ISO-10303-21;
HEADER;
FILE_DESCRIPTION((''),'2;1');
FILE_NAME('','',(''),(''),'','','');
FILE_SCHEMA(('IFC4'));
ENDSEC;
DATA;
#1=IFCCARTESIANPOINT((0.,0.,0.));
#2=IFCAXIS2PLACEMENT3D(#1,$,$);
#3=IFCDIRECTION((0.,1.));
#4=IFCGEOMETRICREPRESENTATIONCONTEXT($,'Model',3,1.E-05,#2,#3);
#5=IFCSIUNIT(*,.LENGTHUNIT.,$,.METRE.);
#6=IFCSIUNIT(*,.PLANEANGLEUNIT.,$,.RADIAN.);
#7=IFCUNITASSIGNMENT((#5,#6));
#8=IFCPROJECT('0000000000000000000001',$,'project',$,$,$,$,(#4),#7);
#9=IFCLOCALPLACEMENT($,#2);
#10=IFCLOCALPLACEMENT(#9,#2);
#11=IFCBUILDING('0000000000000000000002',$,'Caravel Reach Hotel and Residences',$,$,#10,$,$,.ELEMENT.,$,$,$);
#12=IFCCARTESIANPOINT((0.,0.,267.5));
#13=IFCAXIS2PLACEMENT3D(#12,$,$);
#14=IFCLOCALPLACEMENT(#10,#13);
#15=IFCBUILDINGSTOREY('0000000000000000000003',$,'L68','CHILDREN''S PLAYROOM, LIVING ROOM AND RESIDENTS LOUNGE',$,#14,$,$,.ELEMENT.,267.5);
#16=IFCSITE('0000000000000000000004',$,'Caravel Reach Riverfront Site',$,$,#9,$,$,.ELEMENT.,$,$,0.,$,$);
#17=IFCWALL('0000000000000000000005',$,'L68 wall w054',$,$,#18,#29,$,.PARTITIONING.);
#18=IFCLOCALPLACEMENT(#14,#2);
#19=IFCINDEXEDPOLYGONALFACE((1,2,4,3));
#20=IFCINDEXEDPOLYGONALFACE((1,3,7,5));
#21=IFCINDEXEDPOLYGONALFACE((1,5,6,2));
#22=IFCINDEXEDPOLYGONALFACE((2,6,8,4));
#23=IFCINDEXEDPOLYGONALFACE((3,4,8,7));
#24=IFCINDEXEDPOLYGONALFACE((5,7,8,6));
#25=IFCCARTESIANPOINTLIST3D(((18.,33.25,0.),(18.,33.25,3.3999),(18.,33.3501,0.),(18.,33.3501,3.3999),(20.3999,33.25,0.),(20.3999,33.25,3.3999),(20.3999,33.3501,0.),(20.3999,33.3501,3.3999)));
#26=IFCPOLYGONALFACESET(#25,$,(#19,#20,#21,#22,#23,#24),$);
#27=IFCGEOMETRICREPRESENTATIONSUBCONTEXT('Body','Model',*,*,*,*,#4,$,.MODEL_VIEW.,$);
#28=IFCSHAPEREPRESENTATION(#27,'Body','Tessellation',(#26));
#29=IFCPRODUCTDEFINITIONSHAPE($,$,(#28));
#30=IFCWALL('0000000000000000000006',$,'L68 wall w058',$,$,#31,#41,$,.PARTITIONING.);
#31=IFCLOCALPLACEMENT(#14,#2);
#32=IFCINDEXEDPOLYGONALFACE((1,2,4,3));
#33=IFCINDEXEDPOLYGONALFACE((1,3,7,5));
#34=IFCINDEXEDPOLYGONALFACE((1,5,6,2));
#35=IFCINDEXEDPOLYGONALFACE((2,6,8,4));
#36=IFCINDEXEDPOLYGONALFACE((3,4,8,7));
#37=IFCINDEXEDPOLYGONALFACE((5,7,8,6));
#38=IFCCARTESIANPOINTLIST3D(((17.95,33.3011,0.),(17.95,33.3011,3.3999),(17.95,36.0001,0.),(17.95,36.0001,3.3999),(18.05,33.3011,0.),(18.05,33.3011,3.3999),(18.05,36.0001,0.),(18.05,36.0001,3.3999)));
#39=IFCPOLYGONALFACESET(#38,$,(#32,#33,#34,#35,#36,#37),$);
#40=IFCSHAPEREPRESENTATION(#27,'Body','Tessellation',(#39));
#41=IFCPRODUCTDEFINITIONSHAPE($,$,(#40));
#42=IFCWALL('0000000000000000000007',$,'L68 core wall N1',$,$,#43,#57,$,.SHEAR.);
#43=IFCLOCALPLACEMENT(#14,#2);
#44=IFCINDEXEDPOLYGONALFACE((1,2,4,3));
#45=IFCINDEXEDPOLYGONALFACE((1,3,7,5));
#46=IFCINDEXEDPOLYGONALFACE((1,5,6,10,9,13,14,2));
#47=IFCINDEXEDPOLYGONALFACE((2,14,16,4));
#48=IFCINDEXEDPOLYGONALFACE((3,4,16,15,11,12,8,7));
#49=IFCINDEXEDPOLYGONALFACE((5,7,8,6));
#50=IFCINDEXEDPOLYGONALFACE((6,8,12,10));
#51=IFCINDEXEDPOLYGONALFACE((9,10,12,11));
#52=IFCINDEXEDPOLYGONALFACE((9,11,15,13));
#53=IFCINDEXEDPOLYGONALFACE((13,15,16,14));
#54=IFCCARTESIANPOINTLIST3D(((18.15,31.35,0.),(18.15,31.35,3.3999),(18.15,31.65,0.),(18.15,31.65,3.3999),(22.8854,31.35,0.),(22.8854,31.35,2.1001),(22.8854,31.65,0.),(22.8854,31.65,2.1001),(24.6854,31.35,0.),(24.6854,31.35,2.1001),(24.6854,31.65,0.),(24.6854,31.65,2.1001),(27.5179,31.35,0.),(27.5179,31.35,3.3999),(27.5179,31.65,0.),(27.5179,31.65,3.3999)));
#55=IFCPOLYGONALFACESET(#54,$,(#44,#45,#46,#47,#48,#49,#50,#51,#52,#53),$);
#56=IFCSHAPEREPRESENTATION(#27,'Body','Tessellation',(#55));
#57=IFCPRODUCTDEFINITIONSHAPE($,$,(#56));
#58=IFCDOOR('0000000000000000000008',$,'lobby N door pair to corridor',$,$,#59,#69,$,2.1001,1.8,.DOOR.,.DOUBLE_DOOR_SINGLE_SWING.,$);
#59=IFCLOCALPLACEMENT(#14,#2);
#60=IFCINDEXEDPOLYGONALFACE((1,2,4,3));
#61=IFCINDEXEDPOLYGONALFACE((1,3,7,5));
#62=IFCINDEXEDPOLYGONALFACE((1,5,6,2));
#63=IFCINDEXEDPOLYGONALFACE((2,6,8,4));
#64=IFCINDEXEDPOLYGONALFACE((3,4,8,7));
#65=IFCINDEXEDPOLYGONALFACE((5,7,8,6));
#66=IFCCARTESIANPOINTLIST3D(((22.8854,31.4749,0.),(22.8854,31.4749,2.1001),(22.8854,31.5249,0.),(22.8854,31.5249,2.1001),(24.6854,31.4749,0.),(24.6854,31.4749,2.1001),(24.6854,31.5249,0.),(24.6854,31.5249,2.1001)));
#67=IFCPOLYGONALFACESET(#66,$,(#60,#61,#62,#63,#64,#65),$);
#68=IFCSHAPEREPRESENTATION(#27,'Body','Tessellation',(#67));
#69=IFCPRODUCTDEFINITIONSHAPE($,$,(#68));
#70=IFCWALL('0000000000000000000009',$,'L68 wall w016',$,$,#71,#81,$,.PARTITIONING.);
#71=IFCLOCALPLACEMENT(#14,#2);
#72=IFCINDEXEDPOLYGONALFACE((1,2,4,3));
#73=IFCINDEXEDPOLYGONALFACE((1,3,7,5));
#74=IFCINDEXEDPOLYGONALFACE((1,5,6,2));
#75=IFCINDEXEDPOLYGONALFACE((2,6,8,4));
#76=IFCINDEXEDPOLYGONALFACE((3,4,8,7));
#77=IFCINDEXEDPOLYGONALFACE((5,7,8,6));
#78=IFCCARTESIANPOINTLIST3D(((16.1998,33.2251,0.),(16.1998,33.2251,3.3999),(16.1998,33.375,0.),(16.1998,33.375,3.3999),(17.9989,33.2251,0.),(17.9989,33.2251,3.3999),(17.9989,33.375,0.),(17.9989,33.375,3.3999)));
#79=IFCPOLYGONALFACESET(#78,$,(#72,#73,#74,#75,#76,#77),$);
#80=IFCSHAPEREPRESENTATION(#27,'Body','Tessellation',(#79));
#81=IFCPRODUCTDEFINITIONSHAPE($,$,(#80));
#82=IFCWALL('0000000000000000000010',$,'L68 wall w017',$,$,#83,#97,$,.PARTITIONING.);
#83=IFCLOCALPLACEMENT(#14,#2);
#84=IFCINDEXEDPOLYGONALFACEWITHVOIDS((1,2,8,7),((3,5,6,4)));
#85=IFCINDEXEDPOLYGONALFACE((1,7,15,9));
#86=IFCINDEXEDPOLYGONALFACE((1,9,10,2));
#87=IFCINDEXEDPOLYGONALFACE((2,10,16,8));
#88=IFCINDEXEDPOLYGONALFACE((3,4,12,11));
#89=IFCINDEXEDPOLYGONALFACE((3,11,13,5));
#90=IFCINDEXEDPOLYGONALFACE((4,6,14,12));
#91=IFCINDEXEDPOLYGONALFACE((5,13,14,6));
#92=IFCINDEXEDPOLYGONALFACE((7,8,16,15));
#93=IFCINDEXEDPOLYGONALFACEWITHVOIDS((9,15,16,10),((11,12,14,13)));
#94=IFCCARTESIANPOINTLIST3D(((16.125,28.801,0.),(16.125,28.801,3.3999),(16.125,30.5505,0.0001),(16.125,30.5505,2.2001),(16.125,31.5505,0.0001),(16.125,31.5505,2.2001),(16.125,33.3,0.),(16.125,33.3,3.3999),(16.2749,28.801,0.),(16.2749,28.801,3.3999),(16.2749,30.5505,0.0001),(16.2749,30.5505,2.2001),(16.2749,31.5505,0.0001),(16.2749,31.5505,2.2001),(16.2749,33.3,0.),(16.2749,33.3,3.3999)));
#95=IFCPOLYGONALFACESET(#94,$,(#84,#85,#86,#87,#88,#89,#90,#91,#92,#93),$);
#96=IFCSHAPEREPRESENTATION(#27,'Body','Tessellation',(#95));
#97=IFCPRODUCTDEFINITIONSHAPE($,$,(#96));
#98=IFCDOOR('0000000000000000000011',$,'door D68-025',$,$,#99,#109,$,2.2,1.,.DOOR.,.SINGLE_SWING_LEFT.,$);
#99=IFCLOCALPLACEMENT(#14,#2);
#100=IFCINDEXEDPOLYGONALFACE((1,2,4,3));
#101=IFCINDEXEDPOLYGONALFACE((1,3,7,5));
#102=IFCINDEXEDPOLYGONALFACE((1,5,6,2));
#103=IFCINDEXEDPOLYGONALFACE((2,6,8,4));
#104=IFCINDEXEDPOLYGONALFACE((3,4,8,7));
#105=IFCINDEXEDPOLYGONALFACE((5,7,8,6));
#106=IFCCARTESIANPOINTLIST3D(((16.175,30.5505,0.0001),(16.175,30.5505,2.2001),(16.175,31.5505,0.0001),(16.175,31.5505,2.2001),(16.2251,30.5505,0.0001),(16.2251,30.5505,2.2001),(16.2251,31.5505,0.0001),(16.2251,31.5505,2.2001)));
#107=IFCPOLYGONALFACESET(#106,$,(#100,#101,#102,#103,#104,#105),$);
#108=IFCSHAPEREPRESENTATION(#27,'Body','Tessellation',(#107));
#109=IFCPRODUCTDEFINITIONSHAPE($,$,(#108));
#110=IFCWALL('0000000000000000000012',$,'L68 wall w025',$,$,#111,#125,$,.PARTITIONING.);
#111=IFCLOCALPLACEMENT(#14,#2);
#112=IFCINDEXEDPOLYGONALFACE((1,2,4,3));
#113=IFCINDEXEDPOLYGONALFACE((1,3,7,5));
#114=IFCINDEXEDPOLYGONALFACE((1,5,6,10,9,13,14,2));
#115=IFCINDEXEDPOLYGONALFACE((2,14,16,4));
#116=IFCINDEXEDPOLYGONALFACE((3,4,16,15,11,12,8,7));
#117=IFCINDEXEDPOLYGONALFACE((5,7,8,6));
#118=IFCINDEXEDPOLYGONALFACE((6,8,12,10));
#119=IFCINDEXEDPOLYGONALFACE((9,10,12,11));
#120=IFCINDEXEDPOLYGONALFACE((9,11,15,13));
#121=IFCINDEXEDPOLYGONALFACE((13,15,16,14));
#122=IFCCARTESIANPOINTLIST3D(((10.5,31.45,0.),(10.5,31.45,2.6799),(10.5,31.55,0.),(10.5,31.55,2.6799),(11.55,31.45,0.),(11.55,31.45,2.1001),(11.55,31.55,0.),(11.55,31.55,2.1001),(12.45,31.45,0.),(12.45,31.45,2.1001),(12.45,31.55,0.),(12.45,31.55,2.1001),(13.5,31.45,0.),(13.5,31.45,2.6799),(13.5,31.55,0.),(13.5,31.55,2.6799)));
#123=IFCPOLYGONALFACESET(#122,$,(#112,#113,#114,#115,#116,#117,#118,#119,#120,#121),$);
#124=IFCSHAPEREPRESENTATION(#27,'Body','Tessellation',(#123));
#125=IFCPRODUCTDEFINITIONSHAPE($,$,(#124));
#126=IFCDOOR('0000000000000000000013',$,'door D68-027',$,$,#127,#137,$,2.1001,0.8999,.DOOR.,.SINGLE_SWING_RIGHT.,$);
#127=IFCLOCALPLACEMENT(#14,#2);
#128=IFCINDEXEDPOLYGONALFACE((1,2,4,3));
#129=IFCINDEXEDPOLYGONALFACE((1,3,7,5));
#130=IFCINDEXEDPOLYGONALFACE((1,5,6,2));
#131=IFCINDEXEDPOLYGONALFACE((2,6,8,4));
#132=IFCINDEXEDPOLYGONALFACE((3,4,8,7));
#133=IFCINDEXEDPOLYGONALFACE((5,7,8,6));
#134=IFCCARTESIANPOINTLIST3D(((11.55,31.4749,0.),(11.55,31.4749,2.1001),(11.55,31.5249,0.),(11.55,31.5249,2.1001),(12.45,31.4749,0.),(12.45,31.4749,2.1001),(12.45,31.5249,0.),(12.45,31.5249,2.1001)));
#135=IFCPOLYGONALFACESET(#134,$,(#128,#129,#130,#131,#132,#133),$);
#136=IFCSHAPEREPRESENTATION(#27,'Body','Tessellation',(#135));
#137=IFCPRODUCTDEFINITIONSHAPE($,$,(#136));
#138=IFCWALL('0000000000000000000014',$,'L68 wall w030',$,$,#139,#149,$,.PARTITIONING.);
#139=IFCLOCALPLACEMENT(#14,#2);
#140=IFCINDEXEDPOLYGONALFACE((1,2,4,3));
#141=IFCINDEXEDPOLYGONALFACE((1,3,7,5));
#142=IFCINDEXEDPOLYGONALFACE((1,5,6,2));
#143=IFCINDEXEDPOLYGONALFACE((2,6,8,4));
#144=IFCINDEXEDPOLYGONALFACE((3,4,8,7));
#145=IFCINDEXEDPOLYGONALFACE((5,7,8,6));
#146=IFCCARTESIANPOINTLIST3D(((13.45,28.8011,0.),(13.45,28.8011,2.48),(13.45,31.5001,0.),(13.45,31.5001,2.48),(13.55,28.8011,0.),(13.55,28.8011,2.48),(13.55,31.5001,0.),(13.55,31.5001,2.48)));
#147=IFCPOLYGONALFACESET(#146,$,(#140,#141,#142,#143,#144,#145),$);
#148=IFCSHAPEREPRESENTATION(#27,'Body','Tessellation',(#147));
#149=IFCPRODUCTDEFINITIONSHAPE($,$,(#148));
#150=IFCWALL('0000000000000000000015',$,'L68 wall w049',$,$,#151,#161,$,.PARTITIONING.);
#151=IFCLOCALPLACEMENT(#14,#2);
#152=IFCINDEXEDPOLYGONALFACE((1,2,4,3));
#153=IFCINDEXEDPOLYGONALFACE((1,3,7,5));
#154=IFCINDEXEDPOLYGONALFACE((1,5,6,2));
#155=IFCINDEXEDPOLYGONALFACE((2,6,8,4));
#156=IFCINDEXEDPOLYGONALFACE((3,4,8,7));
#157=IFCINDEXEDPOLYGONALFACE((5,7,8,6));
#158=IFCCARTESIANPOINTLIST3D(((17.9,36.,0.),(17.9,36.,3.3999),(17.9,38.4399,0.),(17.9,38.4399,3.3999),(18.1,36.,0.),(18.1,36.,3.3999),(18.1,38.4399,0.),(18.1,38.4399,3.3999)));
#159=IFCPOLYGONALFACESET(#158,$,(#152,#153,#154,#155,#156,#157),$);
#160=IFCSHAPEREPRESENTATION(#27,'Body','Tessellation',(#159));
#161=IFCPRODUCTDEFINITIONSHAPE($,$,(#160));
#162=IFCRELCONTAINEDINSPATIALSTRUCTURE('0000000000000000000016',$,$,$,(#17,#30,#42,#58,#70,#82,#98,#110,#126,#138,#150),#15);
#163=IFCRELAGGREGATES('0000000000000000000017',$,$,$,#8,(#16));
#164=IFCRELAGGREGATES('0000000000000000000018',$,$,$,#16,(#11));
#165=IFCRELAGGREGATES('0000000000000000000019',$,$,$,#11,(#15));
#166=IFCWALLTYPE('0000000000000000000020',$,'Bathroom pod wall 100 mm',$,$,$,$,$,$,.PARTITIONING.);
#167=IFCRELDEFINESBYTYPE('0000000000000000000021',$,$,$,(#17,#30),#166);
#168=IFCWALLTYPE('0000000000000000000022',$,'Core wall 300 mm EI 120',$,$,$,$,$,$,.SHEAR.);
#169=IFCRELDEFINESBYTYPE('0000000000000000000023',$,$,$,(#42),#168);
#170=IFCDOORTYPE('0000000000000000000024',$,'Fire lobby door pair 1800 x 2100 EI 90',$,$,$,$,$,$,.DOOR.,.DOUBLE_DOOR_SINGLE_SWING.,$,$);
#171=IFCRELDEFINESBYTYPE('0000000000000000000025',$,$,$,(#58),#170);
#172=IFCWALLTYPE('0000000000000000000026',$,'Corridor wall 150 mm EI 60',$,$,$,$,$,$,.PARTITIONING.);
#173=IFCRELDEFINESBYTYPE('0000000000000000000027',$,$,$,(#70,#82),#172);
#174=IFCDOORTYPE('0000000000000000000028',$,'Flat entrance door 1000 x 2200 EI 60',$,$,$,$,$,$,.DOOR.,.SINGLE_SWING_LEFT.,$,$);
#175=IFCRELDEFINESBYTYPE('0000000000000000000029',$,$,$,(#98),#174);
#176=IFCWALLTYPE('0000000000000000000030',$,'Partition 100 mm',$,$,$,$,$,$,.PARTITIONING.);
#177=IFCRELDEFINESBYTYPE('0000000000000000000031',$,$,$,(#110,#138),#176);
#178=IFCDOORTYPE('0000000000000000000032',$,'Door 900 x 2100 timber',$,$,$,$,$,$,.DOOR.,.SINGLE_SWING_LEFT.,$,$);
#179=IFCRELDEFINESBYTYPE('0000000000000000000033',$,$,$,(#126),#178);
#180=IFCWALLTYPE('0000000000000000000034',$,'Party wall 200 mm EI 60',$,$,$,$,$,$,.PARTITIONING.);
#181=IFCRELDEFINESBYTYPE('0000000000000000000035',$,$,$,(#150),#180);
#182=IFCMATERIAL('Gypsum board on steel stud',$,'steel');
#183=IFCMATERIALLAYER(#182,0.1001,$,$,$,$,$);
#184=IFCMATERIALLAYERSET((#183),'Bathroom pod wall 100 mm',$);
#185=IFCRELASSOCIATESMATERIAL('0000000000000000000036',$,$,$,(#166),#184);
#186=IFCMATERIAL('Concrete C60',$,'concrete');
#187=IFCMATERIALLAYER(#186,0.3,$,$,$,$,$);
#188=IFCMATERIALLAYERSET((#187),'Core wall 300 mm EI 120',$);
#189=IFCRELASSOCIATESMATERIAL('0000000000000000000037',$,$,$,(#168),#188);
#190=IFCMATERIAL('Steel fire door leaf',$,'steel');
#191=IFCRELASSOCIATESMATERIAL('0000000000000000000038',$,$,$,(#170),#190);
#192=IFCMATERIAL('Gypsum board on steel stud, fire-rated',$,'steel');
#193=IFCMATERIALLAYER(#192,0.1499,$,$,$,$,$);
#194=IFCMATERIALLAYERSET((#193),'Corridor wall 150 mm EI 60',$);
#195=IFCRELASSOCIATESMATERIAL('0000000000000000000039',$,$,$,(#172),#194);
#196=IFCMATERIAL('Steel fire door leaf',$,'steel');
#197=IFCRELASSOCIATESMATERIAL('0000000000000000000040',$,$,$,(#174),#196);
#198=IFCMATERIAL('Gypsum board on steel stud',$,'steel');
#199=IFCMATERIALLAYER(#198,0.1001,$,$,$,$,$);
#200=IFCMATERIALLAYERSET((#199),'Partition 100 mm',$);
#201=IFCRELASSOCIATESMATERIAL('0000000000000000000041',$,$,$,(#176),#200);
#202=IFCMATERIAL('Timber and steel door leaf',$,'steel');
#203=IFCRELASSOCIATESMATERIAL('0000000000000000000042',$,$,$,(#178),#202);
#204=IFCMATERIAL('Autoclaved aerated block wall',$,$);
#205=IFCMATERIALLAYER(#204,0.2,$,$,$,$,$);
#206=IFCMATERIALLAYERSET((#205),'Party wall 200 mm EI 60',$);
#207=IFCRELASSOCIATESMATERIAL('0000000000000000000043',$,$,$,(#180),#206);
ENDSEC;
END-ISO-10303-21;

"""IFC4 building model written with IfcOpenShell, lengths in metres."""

from ifc_helpers import new_model, si_unit, direction, frame, frame_2d, origin, place, context, subcontext, project, spatial, rectangle, extrude, material, layer, layer_set, type_object, element, fill, save


model = new_model("IFC4")

# Units and contexts
model_context = context("Model", 3, precision=1e-05, world=origin(), true_north=direction((0.0, 1.0)))
body_context = subcontext(model_context, "Body", "Model", "MODEL_VIEW")
ifc_project = project(units=[si_unit("LENGTHUNIT", "METRE"), si_unit("PLANEANGLEUNIT", "RADIAN")], contexts=[model_context])

# Site, building, storey
site_placement = place(None, origin())
site = spatial("IfcSite", under=ifc_project, at=site_placement, Name="Caravel Reach Riverfront Site", CompositionType="ELEMENT", RefElevation=0.0)
building_placement = place(site_placement, origin())
building = spatial("IfcBuilding", under=site, at=building_placement, Name="Caravel Reach Hotel and Residences", CompositionType="ELEMENT")
storey_placement = place(building_placement, frame((0.0, 0.0, 267.5)))
storey = spatial("IfcBuildingStorey", under=building, at=storey_placement, Name="L68", Description="CHILDREN'S PLAYROOM, LIVING ROOM AND RESIDENTS LOUNGE", CompositionType="ELEMENT", Elevation=267.5)

# Walls
ifc_material_1 = material(Name="Gypsum board on steel stud", Category="steel")
ifc_layer_1 = layer(ifc_material_1, 0.1001)
ifc_layer_set_1 = layer_set([ifc_layer_1], Name="Bathroom pod wall 100 mm")
wall_type_1 = type_object("IfcWallType", Name="Bathroom pod wall 100 mm", PredefinedType="PARTITIONING", material=ifc_layer_set_1)
wall_1_placement = place(storey_placement, frame((18.0, 33.3, 0.0), z_axis=(0.0, 0.0, 1.0), x_axis=(1.0, 0.0, 0.0)))
element("IfcWall", 1, at=wall_1_placement, inside=storey, type_object=wall_type_1, Name="L68 wall w054", PredefinedType="PARTITIONING", context=body_context, shape_type="SweptSolid", body=[
    extrude(rectangle(XDim=2.3999, YDim=0.1001, at=frame_2d((1.2, 0.0))), origin(), (0.0, 0.0, 1.0), 3.3999),
])
wall_2_placement = place(storey_placement, frame((18.0, 33.301, 0.0), z_axis=(0.0, 0.0, 1.0), x_axis=(0.0, 1.0, 0.0)))
element("IfcWall", 2, at=wall_2_placement, inside=storey, type_object=wall_type_1, Name="L68 wall w058", PredefinedType="PARTITIONING", context=body_context, shape_type="SweptSolid", body=[
    extrude(rectangle(XDim=2.699, YDim=0.1001, at=frame_2d((1.3496, 0.0))), origin(), (0.0, 0.0, 1.0), 3.3999),
])

# Wall, opening, door
ifc_material_2 = material(Name="Concrete C60", Category="concrete")
ifc_layer_2 = layer(ifc_material_2, 0.3)
ifc_layer_set_2 = layer_set([ifc_layer_2], Name="Core wall 300 mm EI 120")
wall_type_2 = type_object("IfcWallType", Name="Core wall 300 mm EI 120", PredefinedType="SHEAR", material=ifc_layer_set_2)
wall_3_placement = place(storey_placement, frame((18.1499, 31.5, 0.0), z_axis=(0.0, 0.0, 1.0), x_axis=(1.0, 0.0, 0.0)))
wall_3 = element("IfcWall", 3, at=wall_3_placement, inside=storey, type_object=wall_type_2, Name="L68 core wall N1", PredefinedType="SHEAR", context=body_context, shape_type="SweptSolid", body=[
    extrude(rectangle(XDim=9.3679, YDim=0.3, at=frame_2d((4.6841, 0.0))), origin(), (0.0, 0.0, 1.0), 3.3999),
])
opening_1_placement = place(wall_3_placement, frame((4.7356, 0.0, 0.0)))
opening_1 = element("IfcOpeningElement", 4, at=opening_1_placement, cuts=wall_3, PredefinedType="OPENING", context=body_context, shape_type="SweptSolid", body=[
    extrude(rectangle(XDim=1.8, YDim=2.1001, at=frame_2d((0.8999, 1.05))), frame((0.0, 0.1599, 0.0), z_axis=(0.0, -1.0, 0.0), x_axis=(1.0, 0.0, 0.0)), (0.0, 0.0, 1.0), 0.3201),
])
ifc_material_3 = material(Name="Steel fire door leaf", Category="steel")
door_type_1 = type_object("IfcDoorType", Name="Fire lobby door pair 1800 x 2100 EI 90", OperationType="DOUBLE_DOOR_SINGLE_SWING", PredefinedType="DOOR", material=ifc_material_3)
door_1_placement = place(opening_1_placement, origin())
door_1 = element("IfcDoor", 5, at=door_1_placement, inside=storey, type_object=door_type_1, Name="lobby N door pair to corridor", OperationType="DOUBLE_DOOR_SINGLE_SWING", OverallHeight=2.1001, OverallWidth=1.8, PredefinedType="DOOR", context=body_context, shape_type="SweptSolid", body=[
    extrude(rectangle(XDim=1.8, YDim=2.1001, at=frame_2d((0.8999, 1.05))), frame((0.0, 0.0249, 0.0), z_axis=(0.0, -1.0, 0.0), x_axis=(1.0, 0.0, 0.0)), (0.0, 0.0, 1.0), 0.05),
])
fill(opening_1, door_1)

# Wall
ifc_material_4 = material(Name="Gypsum board on steel stud, fire-rated", Category="steel")
ifc_layer_3 = layer(ifc_material_4, 0.1499)
ifc_layer_set_3 = layer_set([ifc_layer_3], Name="Corridor wall 150 mm EI 60")
wall_type_3 = type_object("IfcWallType", Name="Corridor wall 150 mm EI 60", PredefinedType="PARTITIONING", material=ifc_layer_set_3)
wall_4_placement = place(storey_placement, frame((16.2, 33.3, 0.0), z_axis=(0.0, 0.0, 1.0), x_axis=(1.0, 0.0, 0.0)))
element("IfcWall", 6, at=wall_4_placement, inside=storey, type_object=wall_type_3, Name="L68 wall w016", PredefinedType="PARTITIONING", context=body_context, shape_type="SweptSolid", body=[
    extrude(rectangle(XDim=1.7991, YDim=0.1499, at=frame_2d((0.8994, 0.0))), origin(), (0.0, 0.0, 1.0), 3.3999),
])

# Walls, openings, doors
wall_5_placement = place(storey_placement, frame((16.2, 28.801, 0.0), z_axis=(0.0, 0.0, 1.0), x_axis=(0.0, 1.0, 0.0)))
wall_5 = element("IfcWall", 7, at=wall_5_placement, inside=storey, type_object=wall_type_3, Name="L68 wall w017", PredefinedType="PARTITIONING", context=body_context, shape_type="SweptSolid", body=[
    extrude(rectangle(XDim=4.499, YDim=0.1499, at=frame_2d((2.2495, 0.0))), origin(), (0.0, 0.0, 1.0), 3.3999),
])
opening_2_placement = place(wall_5_placement, frame((1.7495, 0.0, 0.0)))
opening_2 = element("IfcOpeningElement", 8, at=opening_2_placement, cuts=wall_5, PredefinedType="OPENING", context=body_context, shape_type="SweptSolid", body=[
    extrude(rectangle(XDim=1.0, YDim=2.2, at=frame_2d((0.5, 1.1001))), frame((0.0, 0.085, 0.0), z_axis=(0.0, -1.0, 0.0), x_axis=(1.0, 0.0, 0.0)), (0.0, 0.0, 1.0), 0.1699),
])
ifc_material_5 = material(Name="Steel fire door leaf", Category="steel")
door_type_2 = type_object("IfcDoorType", Name="Flat entrance door 1000 x 2200 EI 60", OperationType="SINGLE_SWING_LEFT", PredefinedType="DOOR", material=ifc_material_5)
door_2_placement = place(opening_2_placement, origin())
door_2 = element("IfcDoor", 9, at=door_2_placement, inside=storey, type_object=door_type_2, Name="door D68-025", OperationType="SINGLE_SWING_LEFT", OverallHeight=2.2, OverallWidth=1.0, PredefinedType="DOOR", context=body_context, shape_type="SweptSolid", body=[
    extrude(rectangle(XDim=1.0, YDim=2.2, at=frame_2d((0.5, 1.1001))), frame((0.0, 0.0249, 0.0), z_axis=(0.0, -1.0, 0.0), x_axis=(1.0, 0.0, 0.0)), (0.0, 0.0, 1.0), 0.05),
])
fill(opening_2, door_2)
ifc_material_6 = material(Name="Gypsum board on steel stud", Category="steel")
ifc_layer_4 = layer(ifc_material_6, 0.1001)
ifc_layer_set_4 = layer_set([ifc_layer_4], Name="Partition 100 mm")
wall_type_4 = type_object("IfcWallType", Name="Partition 100 mm", PredefinedType="PARTITIONING", material=ifc_layer_set_4)
wall_6_placement = place(storey_placement, frame((10.5, 31.5, 0.0), z_axis=(0.0, 0.0, 1.0), x_axis=(1.0, 0.0, 0.0)))
wall_6 = element("IfcWall", 10, at=wall_6_placement, inside=storey, type_object=wall_type_4, Name="L68 wall w025", PredefinedType="PARTITIONING", context=body_context, shape_type="SweptSolid", body=[
    extrude(rectangle(XDim=3.0, YDim=0.1001, at=frame_2d((1.5, 0.0))), origin(), (0.0, 0.0, 1.0), 2.6799),
])
opening_3_placement = place(wall_6_placement, frame((1.05, 0.0, 0.0)))
opening_3 = element("IfcOpeningElement", 11, at=opening_3_placement, cuts=wall_6, PredefinedType="OPENING", context=body_context, shape_type="SweptSolid", body=[
    extrude(rectangle(XDim=0.8999, YDim=2.1001, at=frame_2d((0.45, 1.05))), frame((0.0, 0.0601, 0.0), z_axis=(0.0, -1.0, 0.0), x_axis=(1.0, 0.0, 0.0)), (0.0, 0.0, 1.0), 0.1201),
])
ifc_material_7 = material(Name="Timber and steel door leaf", Category="steel")
door_type_3 = type_object("IfcDoorType", Name="Door 900 x 2100 timber", OperationType="SINGLE_SWING_LEFT", PredefinedType="DOOR", material=ifc_material_7)
door_3_placement = place(opening_3_placement, origin())
door_3 = element("IfcDoor", 12, at=door_3_placement, inside=storey, type_object=door_type_3, Name="door D68-027", OperationType="SINGLE_SWING_RIGHT", OverallHeight=2.1001, OverallWidth=0.8999, PredefinedType="DOOR", context=body_context, shape_type="SweptSolid", body=[
    extrude(rectangle(XDim=0.8999, YDim=2.1001, at=frame_2d((0.45, 1.05))), frame((0.0, 0.0249, 0.0), z_axis=(0.0, -1.0, 0.0), x_axis=(1.0, 0.0, 0.0)), (0.0, 0.0, 1.0), 0.05),
])
fill(opening_3, door_3)

# Walls
wall_7_placement = place(storey_placement, frame((13.5, 28.801, 0.0), z_axis=(0.0, 0.0, 1.0), x_axis=(0.0, 1.0, 0.0)))
element("IfcWall", 13, at=wall_7_placement, inside=storey, type_object=wall_type_4, Name="L68 wall w030", PredefinedType="PARTITIONING", context=body_context, shape_type="SweptSolid", body=[
    extrude(rectangle(XDim=2.699, YDim=0.1001, at=frame_2d((1.3496, 0.0))), origin(), (0.0, 0.0, 1.0), 2.48),
])
ifc_material_8 = material(Name="Autoclaved aerated block wall")
ifc_layer_5 = layer(ifc_material_8, 0.2)
ifc_layer_set_5 = layer_set([ifc_layer_5], Name="Party wall 200 mm EI 60")
wall_type_5 = type_object("IfcWallType", Name="Party wall 200 mm EI 60", PredefinedType="PARTITIONING", material=ifc_layer_set_5)
wall_8_placement = place(storey_placement, frame((18.0, 36.0, 0.0), z_axis=(0.0, 0.0, 1.0), x_axis=(0.0, 1.0, 0.0)))
element("IfcWall", 14, at=wall_8_placement, inside=storey, type_object=wall_type_5, Name="L68 wall w049", PredefinedType="PARTITIONING", context=body_context, shape_type="SweptSolid", body=[
    extrude(rectangle(XDim=2.4399, YDim=0.2, at=frame_2d((1.22, 0.0))), origin(), (0.0, 0.0, 1.0), 3.3999),
])

save(model, "model.ifc")
